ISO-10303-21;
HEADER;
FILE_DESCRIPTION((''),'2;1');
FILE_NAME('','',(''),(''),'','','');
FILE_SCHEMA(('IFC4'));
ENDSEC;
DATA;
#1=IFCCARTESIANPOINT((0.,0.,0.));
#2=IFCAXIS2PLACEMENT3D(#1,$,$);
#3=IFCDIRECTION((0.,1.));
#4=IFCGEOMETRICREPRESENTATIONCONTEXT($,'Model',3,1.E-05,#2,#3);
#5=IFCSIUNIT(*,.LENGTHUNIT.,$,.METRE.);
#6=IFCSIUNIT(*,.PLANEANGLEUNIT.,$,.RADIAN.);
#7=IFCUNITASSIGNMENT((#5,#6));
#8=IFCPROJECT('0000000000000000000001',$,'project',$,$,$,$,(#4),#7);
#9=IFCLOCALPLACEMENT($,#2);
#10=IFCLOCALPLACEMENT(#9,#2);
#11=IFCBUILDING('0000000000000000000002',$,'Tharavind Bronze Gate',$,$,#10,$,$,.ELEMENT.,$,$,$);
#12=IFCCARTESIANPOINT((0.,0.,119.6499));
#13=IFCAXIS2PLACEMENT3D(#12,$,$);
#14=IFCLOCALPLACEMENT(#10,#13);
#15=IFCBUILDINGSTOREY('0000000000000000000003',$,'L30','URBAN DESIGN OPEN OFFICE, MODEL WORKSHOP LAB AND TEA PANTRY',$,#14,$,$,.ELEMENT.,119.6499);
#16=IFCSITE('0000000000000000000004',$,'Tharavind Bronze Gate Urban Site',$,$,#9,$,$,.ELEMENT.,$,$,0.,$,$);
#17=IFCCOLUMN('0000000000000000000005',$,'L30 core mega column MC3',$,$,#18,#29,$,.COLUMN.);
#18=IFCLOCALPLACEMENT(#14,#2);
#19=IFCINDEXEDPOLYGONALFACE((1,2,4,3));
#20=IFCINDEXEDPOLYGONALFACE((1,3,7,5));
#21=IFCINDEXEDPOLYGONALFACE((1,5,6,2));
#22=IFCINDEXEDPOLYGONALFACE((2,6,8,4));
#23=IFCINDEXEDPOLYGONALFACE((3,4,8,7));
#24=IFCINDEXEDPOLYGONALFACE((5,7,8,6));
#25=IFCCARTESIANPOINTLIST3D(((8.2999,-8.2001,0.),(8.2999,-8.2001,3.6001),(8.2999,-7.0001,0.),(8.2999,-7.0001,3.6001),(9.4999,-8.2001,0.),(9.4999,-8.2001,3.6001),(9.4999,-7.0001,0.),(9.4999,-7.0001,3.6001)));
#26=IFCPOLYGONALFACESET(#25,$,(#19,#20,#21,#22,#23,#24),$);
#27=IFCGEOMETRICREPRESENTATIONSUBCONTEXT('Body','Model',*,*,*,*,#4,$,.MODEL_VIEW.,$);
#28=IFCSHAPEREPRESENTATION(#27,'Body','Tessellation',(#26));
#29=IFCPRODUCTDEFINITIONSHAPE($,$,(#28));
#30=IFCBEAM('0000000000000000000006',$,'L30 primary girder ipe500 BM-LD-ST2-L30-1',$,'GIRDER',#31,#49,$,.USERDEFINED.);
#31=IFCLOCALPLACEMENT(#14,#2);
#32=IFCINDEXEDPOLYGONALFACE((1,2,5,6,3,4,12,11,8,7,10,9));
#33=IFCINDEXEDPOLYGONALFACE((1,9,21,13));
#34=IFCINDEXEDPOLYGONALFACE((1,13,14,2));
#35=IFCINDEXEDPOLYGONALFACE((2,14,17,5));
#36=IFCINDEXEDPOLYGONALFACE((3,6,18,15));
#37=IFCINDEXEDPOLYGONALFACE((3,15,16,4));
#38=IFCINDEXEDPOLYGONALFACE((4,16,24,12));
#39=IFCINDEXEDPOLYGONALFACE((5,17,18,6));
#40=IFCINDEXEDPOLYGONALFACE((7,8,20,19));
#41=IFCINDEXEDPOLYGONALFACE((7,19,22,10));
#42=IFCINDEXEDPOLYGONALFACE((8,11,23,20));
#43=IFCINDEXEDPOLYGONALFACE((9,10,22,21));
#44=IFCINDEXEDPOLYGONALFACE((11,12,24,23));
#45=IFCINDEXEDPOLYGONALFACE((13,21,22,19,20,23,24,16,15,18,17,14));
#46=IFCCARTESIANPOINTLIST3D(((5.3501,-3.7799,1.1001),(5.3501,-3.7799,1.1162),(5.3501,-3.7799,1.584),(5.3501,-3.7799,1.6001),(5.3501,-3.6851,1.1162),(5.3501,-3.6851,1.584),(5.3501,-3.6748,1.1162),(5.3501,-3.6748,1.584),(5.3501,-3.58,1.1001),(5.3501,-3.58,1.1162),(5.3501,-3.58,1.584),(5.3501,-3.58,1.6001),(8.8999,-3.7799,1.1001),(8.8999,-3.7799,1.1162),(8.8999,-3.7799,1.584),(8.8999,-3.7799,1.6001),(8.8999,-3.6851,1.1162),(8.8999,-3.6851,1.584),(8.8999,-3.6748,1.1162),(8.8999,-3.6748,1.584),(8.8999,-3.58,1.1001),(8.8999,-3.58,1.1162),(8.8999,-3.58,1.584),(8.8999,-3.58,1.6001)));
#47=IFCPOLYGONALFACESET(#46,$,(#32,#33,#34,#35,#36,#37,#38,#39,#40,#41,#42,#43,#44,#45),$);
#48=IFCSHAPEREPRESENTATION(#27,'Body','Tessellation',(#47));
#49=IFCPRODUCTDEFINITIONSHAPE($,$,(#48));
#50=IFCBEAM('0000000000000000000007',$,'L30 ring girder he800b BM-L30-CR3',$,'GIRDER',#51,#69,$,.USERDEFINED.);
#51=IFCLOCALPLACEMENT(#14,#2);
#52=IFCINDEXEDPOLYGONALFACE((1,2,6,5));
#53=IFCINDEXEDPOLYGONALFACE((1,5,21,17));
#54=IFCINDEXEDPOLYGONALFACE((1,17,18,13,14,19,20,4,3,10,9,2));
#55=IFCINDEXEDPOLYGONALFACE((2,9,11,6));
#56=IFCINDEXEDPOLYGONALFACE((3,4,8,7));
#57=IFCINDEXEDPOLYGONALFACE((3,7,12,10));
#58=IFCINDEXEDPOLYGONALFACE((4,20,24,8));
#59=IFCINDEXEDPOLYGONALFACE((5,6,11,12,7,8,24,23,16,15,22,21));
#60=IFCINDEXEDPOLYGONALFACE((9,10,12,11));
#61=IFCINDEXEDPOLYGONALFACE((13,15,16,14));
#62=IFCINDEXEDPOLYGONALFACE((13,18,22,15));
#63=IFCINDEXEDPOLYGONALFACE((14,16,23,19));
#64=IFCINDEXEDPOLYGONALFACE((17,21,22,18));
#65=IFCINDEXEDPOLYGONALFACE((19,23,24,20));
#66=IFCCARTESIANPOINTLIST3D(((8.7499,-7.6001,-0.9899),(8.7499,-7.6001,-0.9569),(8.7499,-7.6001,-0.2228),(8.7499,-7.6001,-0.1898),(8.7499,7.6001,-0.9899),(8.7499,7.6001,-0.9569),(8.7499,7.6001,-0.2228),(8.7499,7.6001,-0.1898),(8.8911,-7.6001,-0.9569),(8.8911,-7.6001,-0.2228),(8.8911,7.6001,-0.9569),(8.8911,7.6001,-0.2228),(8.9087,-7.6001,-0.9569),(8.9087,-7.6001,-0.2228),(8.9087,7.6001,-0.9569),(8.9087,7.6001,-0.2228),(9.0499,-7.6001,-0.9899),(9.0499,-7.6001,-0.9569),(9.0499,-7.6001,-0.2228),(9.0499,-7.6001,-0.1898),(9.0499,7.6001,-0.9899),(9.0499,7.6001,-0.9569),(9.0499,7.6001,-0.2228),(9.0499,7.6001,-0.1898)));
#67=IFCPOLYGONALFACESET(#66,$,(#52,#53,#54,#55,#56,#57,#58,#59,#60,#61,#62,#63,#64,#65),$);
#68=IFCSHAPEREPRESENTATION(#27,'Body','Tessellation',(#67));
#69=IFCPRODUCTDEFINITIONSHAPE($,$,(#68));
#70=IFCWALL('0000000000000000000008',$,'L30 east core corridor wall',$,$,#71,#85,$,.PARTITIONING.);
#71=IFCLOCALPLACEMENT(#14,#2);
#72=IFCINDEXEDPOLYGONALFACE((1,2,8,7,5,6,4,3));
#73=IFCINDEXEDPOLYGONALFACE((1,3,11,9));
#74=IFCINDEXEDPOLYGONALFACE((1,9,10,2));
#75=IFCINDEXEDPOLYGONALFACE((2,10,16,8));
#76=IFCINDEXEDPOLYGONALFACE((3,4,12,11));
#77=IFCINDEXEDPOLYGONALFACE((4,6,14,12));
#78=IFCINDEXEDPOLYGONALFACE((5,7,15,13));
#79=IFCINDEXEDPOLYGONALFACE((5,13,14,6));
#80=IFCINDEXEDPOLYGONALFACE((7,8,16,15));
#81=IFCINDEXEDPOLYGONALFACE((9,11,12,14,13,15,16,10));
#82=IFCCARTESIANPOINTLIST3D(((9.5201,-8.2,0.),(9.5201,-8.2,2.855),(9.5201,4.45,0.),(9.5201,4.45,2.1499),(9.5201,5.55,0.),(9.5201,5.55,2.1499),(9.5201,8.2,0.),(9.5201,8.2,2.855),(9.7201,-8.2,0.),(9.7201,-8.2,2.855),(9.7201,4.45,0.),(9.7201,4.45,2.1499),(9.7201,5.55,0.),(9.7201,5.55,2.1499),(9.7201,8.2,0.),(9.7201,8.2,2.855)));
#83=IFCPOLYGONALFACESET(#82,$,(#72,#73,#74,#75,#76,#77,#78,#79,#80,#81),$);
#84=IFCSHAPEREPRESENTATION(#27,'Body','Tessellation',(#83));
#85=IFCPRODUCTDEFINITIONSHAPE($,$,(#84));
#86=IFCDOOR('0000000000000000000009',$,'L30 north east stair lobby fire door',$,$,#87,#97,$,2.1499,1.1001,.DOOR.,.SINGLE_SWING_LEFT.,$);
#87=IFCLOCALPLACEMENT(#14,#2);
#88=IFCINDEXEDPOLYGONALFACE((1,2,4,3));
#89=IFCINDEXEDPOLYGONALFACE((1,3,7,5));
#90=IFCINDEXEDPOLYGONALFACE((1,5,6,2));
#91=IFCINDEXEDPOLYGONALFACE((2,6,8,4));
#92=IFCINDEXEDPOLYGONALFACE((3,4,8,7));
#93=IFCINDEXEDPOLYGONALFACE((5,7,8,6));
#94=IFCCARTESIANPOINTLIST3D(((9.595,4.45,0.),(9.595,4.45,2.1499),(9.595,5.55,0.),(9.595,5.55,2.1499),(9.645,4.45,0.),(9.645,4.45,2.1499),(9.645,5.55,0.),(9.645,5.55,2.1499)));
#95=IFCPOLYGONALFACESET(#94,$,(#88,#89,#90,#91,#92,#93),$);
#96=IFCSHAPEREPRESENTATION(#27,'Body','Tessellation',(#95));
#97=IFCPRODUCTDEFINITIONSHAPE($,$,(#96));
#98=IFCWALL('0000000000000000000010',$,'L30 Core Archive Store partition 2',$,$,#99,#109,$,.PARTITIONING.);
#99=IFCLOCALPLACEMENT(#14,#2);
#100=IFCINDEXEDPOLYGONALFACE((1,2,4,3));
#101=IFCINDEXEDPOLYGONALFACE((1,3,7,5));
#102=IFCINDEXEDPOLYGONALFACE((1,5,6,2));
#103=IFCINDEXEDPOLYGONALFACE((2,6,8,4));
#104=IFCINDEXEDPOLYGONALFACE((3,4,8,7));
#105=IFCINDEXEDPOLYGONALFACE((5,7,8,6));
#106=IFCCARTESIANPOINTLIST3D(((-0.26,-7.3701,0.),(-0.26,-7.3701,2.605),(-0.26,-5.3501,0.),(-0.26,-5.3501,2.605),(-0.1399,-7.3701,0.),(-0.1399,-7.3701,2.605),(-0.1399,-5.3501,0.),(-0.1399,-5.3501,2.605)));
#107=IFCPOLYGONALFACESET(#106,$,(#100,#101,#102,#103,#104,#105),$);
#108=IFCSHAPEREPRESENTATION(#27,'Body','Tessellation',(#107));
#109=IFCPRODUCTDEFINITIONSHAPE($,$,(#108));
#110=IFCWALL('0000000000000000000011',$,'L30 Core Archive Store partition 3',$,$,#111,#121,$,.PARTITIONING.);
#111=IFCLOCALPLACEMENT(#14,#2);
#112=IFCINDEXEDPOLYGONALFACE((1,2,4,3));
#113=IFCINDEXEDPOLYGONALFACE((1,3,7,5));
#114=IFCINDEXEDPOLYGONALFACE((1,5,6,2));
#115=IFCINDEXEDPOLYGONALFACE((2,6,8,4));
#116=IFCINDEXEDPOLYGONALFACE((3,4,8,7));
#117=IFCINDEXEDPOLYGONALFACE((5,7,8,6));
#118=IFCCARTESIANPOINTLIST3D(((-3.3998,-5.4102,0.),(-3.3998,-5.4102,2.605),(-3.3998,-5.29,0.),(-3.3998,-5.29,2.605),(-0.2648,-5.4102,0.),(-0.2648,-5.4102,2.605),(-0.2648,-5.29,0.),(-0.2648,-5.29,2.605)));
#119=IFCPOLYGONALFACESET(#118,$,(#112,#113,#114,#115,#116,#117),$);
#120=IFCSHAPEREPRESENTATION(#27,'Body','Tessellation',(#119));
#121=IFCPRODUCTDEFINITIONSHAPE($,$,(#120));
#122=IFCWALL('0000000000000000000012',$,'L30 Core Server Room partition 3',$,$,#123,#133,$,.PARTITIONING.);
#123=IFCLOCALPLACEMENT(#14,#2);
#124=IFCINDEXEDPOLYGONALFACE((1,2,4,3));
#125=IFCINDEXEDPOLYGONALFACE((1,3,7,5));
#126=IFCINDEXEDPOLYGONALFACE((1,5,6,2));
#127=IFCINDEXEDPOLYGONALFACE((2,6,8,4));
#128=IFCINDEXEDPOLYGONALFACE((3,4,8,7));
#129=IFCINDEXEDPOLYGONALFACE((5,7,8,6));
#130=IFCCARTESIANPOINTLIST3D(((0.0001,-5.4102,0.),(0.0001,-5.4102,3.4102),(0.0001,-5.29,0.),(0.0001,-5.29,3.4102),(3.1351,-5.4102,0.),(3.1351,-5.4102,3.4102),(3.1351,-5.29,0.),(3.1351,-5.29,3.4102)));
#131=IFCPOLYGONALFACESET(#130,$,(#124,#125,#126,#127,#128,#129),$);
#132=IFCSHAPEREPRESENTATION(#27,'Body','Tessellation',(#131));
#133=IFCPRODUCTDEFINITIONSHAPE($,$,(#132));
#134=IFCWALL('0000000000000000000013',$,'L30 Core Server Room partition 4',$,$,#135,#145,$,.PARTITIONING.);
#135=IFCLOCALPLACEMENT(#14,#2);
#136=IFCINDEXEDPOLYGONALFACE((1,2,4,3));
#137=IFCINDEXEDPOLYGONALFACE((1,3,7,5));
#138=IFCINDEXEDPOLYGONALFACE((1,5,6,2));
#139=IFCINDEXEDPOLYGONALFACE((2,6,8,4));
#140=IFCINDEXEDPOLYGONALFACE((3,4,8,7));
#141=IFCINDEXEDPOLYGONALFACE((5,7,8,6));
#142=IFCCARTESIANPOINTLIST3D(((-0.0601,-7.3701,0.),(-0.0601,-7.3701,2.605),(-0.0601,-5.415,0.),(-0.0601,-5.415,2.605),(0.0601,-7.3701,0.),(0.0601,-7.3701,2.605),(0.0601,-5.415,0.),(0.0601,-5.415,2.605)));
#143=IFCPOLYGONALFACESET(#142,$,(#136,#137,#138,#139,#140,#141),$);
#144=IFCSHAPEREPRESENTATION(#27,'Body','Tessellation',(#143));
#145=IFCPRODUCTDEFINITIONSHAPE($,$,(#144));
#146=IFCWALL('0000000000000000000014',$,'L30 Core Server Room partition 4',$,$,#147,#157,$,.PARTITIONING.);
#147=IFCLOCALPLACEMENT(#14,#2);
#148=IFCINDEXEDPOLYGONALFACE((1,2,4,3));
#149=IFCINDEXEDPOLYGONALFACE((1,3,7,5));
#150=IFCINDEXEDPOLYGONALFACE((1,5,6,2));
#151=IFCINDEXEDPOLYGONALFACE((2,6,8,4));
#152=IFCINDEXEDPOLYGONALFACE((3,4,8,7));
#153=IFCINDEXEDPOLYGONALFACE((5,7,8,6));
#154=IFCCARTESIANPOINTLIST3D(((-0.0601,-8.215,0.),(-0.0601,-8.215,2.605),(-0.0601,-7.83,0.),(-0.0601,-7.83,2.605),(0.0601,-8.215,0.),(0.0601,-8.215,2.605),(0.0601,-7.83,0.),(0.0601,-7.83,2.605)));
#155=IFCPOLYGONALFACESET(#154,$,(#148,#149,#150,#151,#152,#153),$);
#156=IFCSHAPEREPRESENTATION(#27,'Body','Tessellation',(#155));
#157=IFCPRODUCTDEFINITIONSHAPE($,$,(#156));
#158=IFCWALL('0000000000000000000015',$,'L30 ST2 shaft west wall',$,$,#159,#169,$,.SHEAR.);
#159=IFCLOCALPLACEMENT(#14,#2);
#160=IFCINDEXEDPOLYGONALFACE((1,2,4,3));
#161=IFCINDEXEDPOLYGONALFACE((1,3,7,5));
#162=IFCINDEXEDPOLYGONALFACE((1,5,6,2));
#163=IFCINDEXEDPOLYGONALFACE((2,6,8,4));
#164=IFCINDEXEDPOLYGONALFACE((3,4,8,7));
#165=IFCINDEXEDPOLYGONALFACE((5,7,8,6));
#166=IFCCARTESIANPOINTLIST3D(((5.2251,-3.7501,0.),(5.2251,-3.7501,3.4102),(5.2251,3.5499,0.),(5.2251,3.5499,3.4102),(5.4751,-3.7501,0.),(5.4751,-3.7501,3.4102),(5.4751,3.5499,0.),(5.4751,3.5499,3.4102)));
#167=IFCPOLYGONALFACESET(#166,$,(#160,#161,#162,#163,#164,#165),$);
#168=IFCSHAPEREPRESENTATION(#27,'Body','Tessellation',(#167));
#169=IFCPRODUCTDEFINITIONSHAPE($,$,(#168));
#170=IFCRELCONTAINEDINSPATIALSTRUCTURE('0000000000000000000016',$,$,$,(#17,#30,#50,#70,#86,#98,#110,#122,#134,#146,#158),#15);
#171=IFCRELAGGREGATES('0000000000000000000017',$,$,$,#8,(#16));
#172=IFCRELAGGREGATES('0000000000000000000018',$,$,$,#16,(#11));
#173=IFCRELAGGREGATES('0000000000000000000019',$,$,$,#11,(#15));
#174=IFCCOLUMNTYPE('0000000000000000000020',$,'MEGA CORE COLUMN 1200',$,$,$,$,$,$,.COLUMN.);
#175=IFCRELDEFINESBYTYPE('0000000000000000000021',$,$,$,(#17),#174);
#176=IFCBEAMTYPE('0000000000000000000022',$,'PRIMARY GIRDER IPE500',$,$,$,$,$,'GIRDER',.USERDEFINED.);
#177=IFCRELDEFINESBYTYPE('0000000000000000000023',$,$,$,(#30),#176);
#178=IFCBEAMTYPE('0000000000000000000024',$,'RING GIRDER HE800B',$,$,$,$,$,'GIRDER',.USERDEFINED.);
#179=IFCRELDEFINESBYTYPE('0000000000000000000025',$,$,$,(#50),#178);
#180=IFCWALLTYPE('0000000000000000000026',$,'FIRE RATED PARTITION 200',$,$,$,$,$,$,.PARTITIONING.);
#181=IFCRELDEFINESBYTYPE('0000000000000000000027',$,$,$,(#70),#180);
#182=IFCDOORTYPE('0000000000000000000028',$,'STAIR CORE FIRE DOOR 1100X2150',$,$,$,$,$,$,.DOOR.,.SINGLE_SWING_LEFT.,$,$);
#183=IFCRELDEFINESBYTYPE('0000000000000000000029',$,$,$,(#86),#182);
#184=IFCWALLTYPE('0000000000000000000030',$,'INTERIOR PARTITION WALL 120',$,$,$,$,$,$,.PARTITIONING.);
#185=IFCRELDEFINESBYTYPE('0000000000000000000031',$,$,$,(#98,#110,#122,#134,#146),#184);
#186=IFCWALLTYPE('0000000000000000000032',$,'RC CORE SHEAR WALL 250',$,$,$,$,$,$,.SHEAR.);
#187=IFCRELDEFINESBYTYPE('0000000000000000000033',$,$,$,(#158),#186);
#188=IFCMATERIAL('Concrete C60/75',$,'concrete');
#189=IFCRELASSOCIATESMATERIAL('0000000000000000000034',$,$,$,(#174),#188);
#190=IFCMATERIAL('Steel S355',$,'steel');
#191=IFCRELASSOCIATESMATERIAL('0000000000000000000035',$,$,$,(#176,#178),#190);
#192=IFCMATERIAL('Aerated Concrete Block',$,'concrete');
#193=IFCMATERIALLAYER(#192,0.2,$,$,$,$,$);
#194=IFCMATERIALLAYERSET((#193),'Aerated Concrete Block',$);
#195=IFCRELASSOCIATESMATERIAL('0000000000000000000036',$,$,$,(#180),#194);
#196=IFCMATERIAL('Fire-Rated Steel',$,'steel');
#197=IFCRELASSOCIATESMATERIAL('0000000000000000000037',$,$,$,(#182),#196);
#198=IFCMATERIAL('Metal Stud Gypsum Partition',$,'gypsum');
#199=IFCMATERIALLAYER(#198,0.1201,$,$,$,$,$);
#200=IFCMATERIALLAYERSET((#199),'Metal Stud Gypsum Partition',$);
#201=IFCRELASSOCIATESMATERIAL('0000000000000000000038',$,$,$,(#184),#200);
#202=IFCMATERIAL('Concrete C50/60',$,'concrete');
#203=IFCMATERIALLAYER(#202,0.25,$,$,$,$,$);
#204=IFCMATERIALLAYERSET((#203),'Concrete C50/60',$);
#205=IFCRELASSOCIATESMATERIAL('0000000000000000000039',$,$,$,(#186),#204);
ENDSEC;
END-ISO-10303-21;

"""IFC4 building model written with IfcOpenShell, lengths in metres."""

from ifc_helpers import new_model, si_unit, direction, frame, frame_2d, origin, origin_2d, place, context, subcontext, project, spatial, rectangle, i_section, extrude, material, layer, layer_set, material_profile, profile_set, type_object, element, fill, save


model = new_model("IFC4")

# Units and contexts
model_context = context("Model", 3, precision=1e-05, world=origin(), true_north=direction((0.0, 1.0)))
body_context = subcontext(model_context, "Body", "Model", "MODEL_VIEW")
ifc_project = project(units=[si_unit("LENGTHUNIT", "METRE"), si_unit("PLANEANGLEUNIT", "RADIAN")], contexts=[model_context])

# Site, building, storey
site_placement = place(None, origin())
site = spatial("IfcSite", under=ifc_project, at=site_placement, Name="Tharavind Bronze Gate Urban Site", CompositionType="ELEMENT", RefElevation=0.0)
building_placement = place(site_placement, origin())
building = spatial("IfcBuilding", under=site, at=building_placement, Name="Tharavind Bronze Gate", CompositionType="ELEMENT")
storey_placement = place(building_placement, frame((0.0, 0.0, 119.6499)))
storey = spatial("IfcBuildingStorey", under=building, at=storey_placement, Name="L30", Description="URBAN DESIGN OPEN OFFICE, MODEL WORKSHOP LAB AND TEA PANTRY", CompositionType="ELEMENT", Elevation=119.6499)

# Column
ifc_material_1 = material(Name="Concrete C60/75", Category="concrete")
ifc_material_profile_1 = material_profile(ifc_material_1, rectangle(XDim=1.2, YDim=1.2, at=origin_2d()), Name="RCCOL1200")
ifc_profile_set_1 = profile_set([ifc_material_profile_1], Name="Concrete C60/75")
column_type = type_object("IfcColumnType", Name="MEGA CORE COLUMN 1200", PredefinedType="COLUMN", material=ifc_profile_set_1)
column_placement = place(storey_placement, frame((8.8999, -7.6001, 0.0), z_axis=(0.0, 0.0, 1.0), x_axis=(1.0, 0.0, 0.0)))
element("IfcColumn", 1, at=column_placement, inside=storey, type_object=column_type, Name="L30 core mega column MC3", PredefinedType="COLUMN", context=body_context, shape_type="SweptSolid", body=[
    extrude(rectangle(XDim=1.2, YDim=1.2, at=origin_2d()), origin(), (0.0, 0.0, 1.0), 3.6001),
])

# Beams
ifc_material_2 = material(Name="Steel S355", Category="steel")
ifc_material_profile_2 = material_profile(ifc_material_2, i_section(OverallWidth=0.2, OverallDepth=0.5, WebThickness=0.0103, FlangeThickness=0.0161, at=origin_2d()), Name="IPE500")
ifc_profile_set_2 = profile_set([ifc_material_profile_2], Name="Steel S355")
beam_type_1 = type_object("IfcBeamType", Name="PRIMARY GIRDER IPE500", ElementType="GIRDER", PredefinedType="USERDEFINED", material=ifc_profile_set_2)
beam_1_placement = place(storey_placement, frame((5.3501, -3.6799, 1.3501), z_axis=(1.0, 0.0, 0.0), x_axis=(0.0, 1.0, 0.0)))
element("IfcBeam", 2, at=beam_1_placement, inside=storey, type_object=beam_type_1, Name="L30 primary girder ipe500 BM-LD-ST2-L30-1", ObjectType="GIRDER", PredefinedType="USERDEFINED", context=body_context, shape_type="SweptSolid", body=[
    extrude(i_section(OverallWidth=0.2, OverallDepth=0.5, WebThickness=0.0103, FlangeThickness=0.0161, at=origin_2d()), origin(), (0.0, 0.0, 1.0), 3.5498),
])
ifc_material_profile_3 = material_profile(ifc_material_2, i_section(OverallWidth=0.3, OverallDepth=0.8, WebThickness=0.0176, FlangeThickness=0.033, at=origin_2d()), Name="HE800B")
ifc_profile_set_3 = profile_set([ifc_material_profile_3], Name="Steel S355")
beam_type_2 = type_object("IfcBeamType", Name="RING GIRDER HE800B", ElementType="GIRDER", PredefinedType="USERDEFINED", material=ifc_profile_set_3)
beam_2_placement = place(storey_placement, frame((8.8999, -7.6001, -0.5898), z_axis=(0.0, 1.0, 0.0), x_axis=(-1.0, 0.0, 0.0)))
element("IfcBeam", 3, at=beam_2_placement, inside=storey, type_object=beam_type_2, Name="L30 ring girder he800b BM-L30-CR3", ObjectType="GIRDER", PredefinedType="USERDEFINED", context=body_context, shape_type="SweptSolid", body=[
    extrude(i_section(OverallWidth=0.3, OverallDepth=0.8, WebThickness=0.0176, FlangeThickness=0.033, at=origin_2d()), origin(), (0.0, 0.0, 1.0), 15.2002),
])

# Wall, opening, door
ifc_material_3 = material(Name="Aerated Concrete Block", Category="concrete")
ifc_layer_1 = layer(ifc_material_3, 0.2)
ifc_layer_set_1 = layer_set([ifc_layer_1], Name="Aerated Concrete Block")
wall_type_1 = type_object("IfcWallType", Name="FIRE RATED PARTITION 200", PredefinedType="PARTITIONING", material=ifc_layer_set_1)
wall_1_placement = place(storey_placement, frame((9.6201, -8.2, 0.0), z_axis=(0.0, 0.0, 1.0), x_axis=(0.0, 1.0, 0.0)))
wall_1 = element("IfcWall", 4, at=wall_1_placement, inside=storey, type_object=wall_type_1, Name="L30 east core corridor wall", PredefinedType="PARTITIONING", context=body_context, shape_type="SweptSolid", body=[
    extrude(rectangle(XDim=16.3999, YDim=0.2, at=frame_2d((8.2, 0.0))), origin(), (0.0, 0.0, 1.0), 2.855),
])
opening_1_placement = place(wall_1_placement, frame((12.6499, 0.0, 0.0)))
opening_1 = element("IfcOpeningElement", 5, at=opening_1_placement, cuts=wall_1, PredefinedType="OPENING", context=body_context, shape_type="SweptSolid", body=[
    extrude(rectangle(XDim=1.1001, YDim=2.1499, at=frame_2d((0.55, 1.075))), frame((0.0, 0.1101, 0.0), z_axis=(0.0, -1.0, 0.0), x_axis=(1.0, 0.0, 0.0)), (0.0, 0.0, 1.0), 0.22),
])
ifc_material_4 = material(Name="Fire-Rated Steel", Category="steel")
door_type_1 = type_object("IfcDoorType", Name="STAIR CORE FIRE DOOR 1100X2150", OperationType="SINGLE_SWING_LEFT", PredefinedType="DOOR", material=ifc_material_4)
door_1_placement = place(opening_1_placement, frame((1.1001, 0.0, 0.0), z_axis=(0.0, 0.0, 1.0), x_axis=(-1.0, 0.0, 0.0)))
door_1 = element("IfcDoor", 6, at=door_1_placement, inside=storey, type_object=door_type_1, Name="L30 north east stair lobby fire door", OperationType="SINGLE_SWING_LEFT", OverallHeight=2.1499, OverallWidth=1.1001, PredefinedType="DOOR", context=body_context, shape_type="SweptSolid", body=[
    extrude(rectangle(XDim=1.1001, YDim=2.1499, at=frame_2d((0.55, 1.075))), frame((0.0, 0.0249, 0.0), z_axis=(0.0, -1.0, 0.0), x_axis=(1.0, 0.0, 0.0)), (0.0, 0.0, 1.0), 0.05),
])
fill(opening_1, door_1)

# Walls
ifc_material_5 = material(Name="Metal Stud Gypsum Partition", Category="gypsum")
ifc_layer_2 = layer(ifc_material_5, 0.1201)
ifc_layer_set_2 = layer_set([ifc_layer_2], Name="Metal Stud Gypsum Partition")
wall_type_2 = type_object("IfcWallType", Name="INTERIOR PARTITION WALL 120", PredefinedType="PARTITIONING", material=ifc_layer_set_2)
wall_2_placement = place(storey_placement, frame((-0.2, -7.3701, 0.0), z_axis=(0.0, 0.0, 1.0), x_axis=(0.0, 1.0, 0.0)))
element("IfcWall", 7, at=wall_2_placement, inside=storey, type_object=wall_type_2, Name="L30 Core Archive Store partition 2", PredefinedType="PARTITIONING", context=body_context, shape_type="SweptSolid", body=[
    extrude(rectangle(XDim=2.02, YDim=0.1201, at=frame_2d((1.01, 0.0))), origin(), (0.0, 0.0, 1.0), 2.605),
])
wall_3_placement = place(storey_placement, frame((-0.2649, -5.3501, 0.0), z_axis=(0.0, 0.0, 1.0), x_axis=(-1.0, 0.0, 0.0)))
element("IfcWall", 8, at=wall_3_placement, inside=storey, type_object=wall_type_2, Name="L30 Core Archive Store partition 3", PredefinedType="PARTITIONING", context=body_context, shape_type="SweptSolid", body=[
    extrude(rectangle(XDim=3.135, YDim=0.1201, at=frame_2d((1.5674, 0.0))), origin(), (0.0, 0.0, 1.0), 2.605),
])
wall_4_placement = place(storey_placement, frame((3.135, -5.3501, 0.0), z_axis=(0.0, 0.0, 1.0), x_axis=(-1.0, 0.0, 0.0)))
element("IfcWall", 9, at=wall_4_placement, inside=storey, type_object=wall_type_2, Name="L30 Core Server Room partition 3", PredefinedType="PARTITIONING", context=body_context, shape_type="SweptSolid", body=[
    extrude(rectangle(XDim=3.135, YDim=0.1201, at=frame_2d((1.5674, 0.0))), origin(), (0.0, 0.0, 1.0), 3.4102),
])
wall_5_placement = place(storey_placement, frame((0.0, -5.415, 0.0), z_axis=(0.0, 0.0, 1.0), x_axis=(0.0, -1.0, 0.0)))
element("IfcWall", 10, at=wall_5_placement, inside=storey, type_object=wall_type_2, Name="L30 Core Server Room partition 4", PredefinedType="PARTITIONING", context=body_context, shape_type="SweptSolid", body=[
    extrude(rectangle(XDim=1.9551, YDim=0.1201, at=frame_2d((0.9775, 0.0))), origin(), (0.0, 0.0, 1.0), 2.605),
])
wall_6_placement = place(storey_placement, frame((0.0, -7.8301, 0.0), z_axis=(0.0, 0.0, 1.0), x_axis=(0.0, -1.0, 0.0)))
element("IfcWall", 11, at=wall_6_placement, inside=storey, type_object=wall_type_2, Name="L30 Core Server Room partition 4", PredefinedType="PARTITIONING", context=body_context, shape_type="SweptSolid", body=[
    extrude(rectangle(XDim=0.385, YDim=0.1201, at=frame_2d((0.1924, 0.0))), origin(), (0.0, 0.0, 1.0), 2.605),
])
ifc_material_6 = material(Name="Concrete C50/60", Category="concrete")
ifc_layer_3 = layer(ifc_material_6, 0.25)
ifc_layer_set_3 = layer_set([ifc_layer_3], Name="Concrete C50/60")
wall_type_3 = type_object("IfcWallType", Name="RC CORE SHEAR WALL 250", PredefinedType="SHEAR", material=ifc_layer_set_3)
wall_7_placement = place(storey_placement, frame((5.3501, -3.75, 0.0), z_axis=(0.0, 0.0, 1.0), x_axis=(0.0, 1.0, 0.0)))
element("IfcWall", 12, at=wall_7_placement, inside=storey, type_object=wall_type_3, Name="L30 ST2 shaft west wall", PredefinedType="SHEAR", context=body_context, shape_type="SweptSolid", body=[
    extrude(rectangle(XDim=7.3, YDim=0.25, at=frame_2d((3.6499, 0.0))), origin(), (0.0, 0.0, 1.0), 3.4102),
])

save(model, "model.ifc")
